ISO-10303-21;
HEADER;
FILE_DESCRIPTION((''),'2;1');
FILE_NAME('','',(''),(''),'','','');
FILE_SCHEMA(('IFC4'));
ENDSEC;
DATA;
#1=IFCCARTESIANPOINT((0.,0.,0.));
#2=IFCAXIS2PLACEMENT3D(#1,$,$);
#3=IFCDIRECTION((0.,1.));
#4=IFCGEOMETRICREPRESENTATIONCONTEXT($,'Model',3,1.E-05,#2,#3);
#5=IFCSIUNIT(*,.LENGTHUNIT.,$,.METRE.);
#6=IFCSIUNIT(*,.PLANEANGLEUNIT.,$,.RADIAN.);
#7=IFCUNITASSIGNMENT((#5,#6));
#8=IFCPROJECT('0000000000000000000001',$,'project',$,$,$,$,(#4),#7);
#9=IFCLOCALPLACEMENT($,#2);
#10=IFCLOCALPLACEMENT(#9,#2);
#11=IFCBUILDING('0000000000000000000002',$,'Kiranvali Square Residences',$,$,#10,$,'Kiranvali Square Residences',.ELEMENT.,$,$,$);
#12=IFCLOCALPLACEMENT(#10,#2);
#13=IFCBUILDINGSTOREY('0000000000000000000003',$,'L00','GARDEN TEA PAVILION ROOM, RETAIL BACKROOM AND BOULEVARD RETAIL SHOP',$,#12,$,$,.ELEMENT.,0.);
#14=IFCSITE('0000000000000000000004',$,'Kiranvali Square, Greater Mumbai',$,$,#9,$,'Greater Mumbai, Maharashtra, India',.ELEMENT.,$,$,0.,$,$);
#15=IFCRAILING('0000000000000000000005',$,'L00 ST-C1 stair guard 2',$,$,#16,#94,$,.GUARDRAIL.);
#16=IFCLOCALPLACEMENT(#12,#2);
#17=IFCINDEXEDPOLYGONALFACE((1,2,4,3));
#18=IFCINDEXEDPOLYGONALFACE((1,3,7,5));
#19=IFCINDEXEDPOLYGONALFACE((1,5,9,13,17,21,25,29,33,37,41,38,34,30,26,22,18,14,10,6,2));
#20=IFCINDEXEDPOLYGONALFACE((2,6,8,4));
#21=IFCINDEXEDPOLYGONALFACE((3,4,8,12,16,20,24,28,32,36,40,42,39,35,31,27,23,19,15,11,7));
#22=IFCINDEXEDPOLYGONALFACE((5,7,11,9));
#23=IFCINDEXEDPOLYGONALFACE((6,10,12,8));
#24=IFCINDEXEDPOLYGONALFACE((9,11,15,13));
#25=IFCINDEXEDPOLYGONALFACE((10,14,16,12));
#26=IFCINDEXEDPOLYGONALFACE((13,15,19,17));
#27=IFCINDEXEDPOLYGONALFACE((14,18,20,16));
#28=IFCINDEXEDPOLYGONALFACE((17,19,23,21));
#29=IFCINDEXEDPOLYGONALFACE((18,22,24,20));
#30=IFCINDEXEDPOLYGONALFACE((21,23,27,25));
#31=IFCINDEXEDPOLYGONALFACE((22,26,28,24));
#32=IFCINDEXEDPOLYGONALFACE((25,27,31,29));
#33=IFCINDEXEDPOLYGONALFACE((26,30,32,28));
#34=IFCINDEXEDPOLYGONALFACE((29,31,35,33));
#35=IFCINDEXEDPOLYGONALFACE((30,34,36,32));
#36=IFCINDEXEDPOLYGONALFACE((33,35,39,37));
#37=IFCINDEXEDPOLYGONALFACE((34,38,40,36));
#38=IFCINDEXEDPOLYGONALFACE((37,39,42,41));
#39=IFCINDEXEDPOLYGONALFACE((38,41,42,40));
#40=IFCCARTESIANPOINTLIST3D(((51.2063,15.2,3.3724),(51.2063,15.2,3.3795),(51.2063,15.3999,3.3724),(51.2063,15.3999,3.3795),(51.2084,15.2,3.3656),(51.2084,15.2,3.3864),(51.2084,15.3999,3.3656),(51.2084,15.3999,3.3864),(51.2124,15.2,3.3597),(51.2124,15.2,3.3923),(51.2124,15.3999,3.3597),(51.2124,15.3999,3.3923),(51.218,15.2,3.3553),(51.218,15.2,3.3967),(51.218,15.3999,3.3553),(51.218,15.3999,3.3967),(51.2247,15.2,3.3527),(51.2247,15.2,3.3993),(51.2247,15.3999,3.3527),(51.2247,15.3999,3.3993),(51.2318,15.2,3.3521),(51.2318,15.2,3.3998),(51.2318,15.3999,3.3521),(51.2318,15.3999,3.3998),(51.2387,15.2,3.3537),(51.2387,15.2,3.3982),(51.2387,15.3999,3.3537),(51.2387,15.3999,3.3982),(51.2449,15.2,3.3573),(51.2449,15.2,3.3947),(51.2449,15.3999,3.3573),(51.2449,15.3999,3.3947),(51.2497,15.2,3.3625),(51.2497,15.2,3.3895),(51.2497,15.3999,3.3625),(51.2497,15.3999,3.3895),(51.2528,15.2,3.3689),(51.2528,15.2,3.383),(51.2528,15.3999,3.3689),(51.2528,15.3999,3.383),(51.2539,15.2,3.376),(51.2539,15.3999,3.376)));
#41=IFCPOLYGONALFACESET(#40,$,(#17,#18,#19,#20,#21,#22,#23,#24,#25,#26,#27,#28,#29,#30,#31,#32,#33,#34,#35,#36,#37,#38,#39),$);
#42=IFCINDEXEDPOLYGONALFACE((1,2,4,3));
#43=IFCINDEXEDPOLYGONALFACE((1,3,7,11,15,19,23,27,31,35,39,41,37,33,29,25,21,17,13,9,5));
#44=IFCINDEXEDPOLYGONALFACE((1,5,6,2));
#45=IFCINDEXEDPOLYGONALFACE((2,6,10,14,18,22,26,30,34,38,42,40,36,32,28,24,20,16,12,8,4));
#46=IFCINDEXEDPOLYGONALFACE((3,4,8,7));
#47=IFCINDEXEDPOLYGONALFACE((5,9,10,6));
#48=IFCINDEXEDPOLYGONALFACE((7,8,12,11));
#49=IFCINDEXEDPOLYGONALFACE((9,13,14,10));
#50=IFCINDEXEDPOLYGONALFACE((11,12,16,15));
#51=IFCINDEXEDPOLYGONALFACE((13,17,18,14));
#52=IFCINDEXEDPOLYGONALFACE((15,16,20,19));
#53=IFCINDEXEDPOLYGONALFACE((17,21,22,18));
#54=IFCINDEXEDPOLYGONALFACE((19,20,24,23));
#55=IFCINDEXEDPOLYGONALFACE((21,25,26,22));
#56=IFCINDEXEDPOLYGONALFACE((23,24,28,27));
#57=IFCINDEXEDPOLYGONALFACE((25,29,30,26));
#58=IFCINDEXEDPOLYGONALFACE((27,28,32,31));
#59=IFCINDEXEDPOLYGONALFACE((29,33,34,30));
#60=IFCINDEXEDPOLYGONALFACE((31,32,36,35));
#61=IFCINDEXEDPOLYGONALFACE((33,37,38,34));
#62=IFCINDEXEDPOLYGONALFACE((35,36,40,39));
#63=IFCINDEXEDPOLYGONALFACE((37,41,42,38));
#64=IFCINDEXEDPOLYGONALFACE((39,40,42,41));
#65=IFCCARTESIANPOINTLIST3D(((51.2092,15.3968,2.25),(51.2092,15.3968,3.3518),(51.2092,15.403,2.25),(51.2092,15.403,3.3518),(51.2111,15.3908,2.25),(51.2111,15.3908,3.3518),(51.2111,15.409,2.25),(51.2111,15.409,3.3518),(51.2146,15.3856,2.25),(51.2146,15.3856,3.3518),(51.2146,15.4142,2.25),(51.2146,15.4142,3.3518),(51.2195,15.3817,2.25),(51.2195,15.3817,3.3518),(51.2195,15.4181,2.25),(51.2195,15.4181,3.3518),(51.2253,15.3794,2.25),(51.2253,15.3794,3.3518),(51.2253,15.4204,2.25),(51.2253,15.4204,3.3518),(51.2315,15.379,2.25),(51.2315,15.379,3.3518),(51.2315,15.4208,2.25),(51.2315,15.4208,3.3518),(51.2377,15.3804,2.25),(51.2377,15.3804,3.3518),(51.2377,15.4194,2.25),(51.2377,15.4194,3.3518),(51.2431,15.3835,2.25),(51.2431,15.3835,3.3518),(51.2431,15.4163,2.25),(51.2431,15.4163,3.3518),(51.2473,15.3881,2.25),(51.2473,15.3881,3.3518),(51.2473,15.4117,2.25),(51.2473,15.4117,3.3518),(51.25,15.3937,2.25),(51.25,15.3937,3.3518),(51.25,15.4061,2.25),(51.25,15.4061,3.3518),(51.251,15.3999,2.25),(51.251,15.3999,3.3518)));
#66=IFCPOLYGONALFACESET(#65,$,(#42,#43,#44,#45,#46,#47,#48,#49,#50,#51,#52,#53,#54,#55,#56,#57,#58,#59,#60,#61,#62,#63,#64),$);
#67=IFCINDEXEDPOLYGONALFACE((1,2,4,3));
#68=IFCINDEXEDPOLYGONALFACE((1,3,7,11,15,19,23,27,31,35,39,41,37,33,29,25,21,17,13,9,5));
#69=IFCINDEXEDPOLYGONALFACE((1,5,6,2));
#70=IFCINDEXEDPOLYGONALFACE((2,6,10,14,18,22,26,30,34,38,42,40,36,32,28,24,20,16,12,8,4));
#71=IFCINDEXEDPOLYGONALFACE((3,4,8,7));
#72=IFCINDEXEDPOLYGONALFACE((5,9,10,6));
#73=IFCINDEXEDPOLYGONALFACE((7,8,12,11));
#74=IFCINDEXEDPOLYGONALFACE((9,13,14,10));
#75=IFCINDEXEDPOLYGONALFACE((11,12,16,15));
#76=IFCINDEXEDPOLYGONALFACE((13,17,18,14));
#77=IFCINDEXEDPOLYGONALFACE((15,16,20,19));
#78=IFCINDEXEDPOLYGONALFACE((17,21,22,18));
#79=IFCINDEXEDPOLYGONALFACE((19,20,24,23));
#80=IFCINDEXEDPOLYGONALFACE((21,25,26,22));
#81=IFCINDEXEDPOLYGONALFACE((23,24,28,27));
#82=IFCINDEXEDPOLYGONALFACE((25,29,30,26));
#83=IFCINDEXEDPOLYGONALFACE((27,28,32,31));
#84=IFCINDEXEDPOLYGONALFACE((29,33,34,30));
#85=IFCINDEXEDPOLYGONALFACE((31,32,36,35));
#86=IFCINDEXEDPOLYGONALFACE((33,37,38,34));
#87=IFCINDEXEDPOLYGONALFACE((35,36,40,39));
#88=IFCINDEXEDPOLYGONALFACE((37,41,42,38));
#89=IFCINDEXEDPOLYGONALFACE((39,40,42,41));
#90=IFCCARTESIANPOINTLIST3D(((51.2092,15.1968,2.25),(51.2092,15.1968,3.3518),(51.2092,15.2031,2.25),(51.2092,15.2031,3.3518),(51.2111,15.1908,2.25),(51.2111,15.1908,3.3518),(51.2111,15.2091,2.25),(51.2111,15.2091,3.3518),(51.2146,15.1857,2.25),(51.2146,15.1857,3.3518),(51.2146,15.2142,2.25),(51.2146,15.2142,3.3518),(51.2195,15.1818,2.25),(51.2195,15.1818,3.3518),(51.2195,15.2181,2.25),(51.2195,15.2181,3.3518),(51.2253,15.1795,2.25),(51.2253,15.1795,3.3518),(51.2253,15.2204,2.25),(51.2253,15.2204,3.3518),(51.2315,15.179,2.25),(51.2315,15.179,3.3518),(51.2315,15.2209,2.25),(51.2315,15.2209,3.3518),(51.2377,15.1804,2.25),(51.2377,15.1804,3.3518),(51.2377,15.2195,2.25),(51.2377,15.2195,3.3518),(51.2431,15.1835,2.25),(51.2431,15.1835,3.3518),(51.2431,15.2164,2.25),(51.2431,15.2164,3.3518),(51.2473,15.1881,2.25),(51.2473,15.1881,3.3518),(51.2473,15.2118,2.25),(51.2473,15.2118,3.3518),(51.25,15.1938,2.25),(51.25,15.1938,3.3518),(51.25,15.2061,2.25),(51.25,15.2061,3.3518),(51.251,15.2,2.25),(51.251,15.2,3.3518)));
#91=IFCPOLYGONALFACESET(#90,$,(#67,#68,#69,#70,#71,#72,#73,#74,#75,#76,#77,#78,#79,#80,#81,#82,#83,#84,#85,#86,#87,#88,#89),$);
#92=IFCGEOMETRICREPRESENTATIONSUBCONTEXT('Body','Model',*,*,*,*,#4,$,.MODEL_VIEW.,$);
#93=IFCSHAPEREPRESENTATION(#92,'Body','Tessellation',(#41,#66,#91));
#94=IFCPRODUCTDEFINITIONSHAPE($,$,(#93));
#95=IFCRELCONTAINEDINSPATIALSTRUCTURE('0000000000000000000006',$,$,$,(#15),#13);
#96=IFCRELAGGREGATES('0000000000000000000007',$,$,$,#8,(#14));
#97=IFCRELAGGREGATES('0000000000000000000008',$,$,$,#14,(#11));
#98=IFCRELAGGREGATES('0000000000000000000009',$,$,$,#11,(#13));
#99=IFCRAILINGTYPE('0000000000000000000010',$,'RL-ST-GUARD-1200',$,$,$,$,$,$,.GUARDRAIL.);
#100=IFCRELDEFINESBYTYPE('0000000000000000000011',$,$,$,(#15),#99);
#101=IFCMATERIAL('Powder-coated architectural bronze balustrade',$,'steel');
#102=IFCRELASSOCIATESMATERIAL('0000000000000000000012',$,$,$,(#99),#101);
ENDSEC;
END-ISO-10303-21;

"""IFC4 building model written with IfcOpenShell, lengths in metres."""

from ifc_helpers import new_model, si_unit, direction, frame, origin, origin_2d, place, context, subcontext, project, spatial, circle, extrude, material, type_object, element, save


model = new_model("IFC4")

# Units and contexts
model_context = context("Model", 3, precision=1e-05, world=origin(), true_north=direction((0.0, 1.0)))
body_context = subcontext(model_context, "Body", "Model", "MODEL_VIEW")
ifc_project = project(units=[si_unit("LENGTHUNIT", "METRE"), si_unit("PLANEANGLEUNIT", "RADIAN")], contexts=[model_context])

# Site, building, storey
site_placement = place(None, origin())
site = spatial("IfcSite", under=ifc_project, at=site_placement, Name="Kiranvali Square, Greater Mumbai", LongName="Greater Mumbai, Maharashtra, India", CompositionType="ELEMENT", RefElevation=0.0)
building_placement = place(site_placement, origin())
building = spatial("IfcBuilding", under=site, at=building_placement, Name="Kiranvali Square Residences", LongName="Kiranvali Square Residences", CompositionType="ELEMENT")
storey_placement = place(building_placement, origin())
storey = spatial("IfcBuildingStorey", under=building, at=storey_placement, Name="L00", Description="GARDEN TEA PAVILION ROOM, RETAIL BACKROOM AND BOULEVARD RETAIL SHOP", CompositionType="ELEMENT", Elevation=0.0)

# Railing
ifc_material_1 = material(Name="Powder-coated architectural bronze balustrade", Category="steel")
railing_type_1 = type_object("IfcRailingType", Name="RL-ST-GUARD-1200", PredefinedType="GUARDRAIL", material=ifc_material_1)
railing_1_placement = place(storey_placement, frame((51.23, 15.3999, 2.25)))
element("IfcRailing", 1, at=railing_1_placement, inside=storey, type_object=railing_type_1, Name="L00 ST-C1 stair guard 2", PredefinedType="GUARDRAIL", context=body_context, shape_type="SweptSolid", body=[
    extrude(circle(Radius=0.0239, at=origin_2d()), frame((0.0, 0.0, 1.126), z_axis=(0.0, -1.0, 0.0), x_axis=(1.0, 0.0, 0.0)), (0.0, 0.0, 1.0), 0.2),
    extrude(circle(Radius=0.021, at=origin_2d()), origin(), (0.0, 0.0, 1.0), 1.1018),
    extrude(circle(Radius=0.021, at=origin_2d()), frame((0.0, -0.2, 0.0)), (0.0, 0.0, 1.0), 1.1018),
])

save(model, "model.ifc")
